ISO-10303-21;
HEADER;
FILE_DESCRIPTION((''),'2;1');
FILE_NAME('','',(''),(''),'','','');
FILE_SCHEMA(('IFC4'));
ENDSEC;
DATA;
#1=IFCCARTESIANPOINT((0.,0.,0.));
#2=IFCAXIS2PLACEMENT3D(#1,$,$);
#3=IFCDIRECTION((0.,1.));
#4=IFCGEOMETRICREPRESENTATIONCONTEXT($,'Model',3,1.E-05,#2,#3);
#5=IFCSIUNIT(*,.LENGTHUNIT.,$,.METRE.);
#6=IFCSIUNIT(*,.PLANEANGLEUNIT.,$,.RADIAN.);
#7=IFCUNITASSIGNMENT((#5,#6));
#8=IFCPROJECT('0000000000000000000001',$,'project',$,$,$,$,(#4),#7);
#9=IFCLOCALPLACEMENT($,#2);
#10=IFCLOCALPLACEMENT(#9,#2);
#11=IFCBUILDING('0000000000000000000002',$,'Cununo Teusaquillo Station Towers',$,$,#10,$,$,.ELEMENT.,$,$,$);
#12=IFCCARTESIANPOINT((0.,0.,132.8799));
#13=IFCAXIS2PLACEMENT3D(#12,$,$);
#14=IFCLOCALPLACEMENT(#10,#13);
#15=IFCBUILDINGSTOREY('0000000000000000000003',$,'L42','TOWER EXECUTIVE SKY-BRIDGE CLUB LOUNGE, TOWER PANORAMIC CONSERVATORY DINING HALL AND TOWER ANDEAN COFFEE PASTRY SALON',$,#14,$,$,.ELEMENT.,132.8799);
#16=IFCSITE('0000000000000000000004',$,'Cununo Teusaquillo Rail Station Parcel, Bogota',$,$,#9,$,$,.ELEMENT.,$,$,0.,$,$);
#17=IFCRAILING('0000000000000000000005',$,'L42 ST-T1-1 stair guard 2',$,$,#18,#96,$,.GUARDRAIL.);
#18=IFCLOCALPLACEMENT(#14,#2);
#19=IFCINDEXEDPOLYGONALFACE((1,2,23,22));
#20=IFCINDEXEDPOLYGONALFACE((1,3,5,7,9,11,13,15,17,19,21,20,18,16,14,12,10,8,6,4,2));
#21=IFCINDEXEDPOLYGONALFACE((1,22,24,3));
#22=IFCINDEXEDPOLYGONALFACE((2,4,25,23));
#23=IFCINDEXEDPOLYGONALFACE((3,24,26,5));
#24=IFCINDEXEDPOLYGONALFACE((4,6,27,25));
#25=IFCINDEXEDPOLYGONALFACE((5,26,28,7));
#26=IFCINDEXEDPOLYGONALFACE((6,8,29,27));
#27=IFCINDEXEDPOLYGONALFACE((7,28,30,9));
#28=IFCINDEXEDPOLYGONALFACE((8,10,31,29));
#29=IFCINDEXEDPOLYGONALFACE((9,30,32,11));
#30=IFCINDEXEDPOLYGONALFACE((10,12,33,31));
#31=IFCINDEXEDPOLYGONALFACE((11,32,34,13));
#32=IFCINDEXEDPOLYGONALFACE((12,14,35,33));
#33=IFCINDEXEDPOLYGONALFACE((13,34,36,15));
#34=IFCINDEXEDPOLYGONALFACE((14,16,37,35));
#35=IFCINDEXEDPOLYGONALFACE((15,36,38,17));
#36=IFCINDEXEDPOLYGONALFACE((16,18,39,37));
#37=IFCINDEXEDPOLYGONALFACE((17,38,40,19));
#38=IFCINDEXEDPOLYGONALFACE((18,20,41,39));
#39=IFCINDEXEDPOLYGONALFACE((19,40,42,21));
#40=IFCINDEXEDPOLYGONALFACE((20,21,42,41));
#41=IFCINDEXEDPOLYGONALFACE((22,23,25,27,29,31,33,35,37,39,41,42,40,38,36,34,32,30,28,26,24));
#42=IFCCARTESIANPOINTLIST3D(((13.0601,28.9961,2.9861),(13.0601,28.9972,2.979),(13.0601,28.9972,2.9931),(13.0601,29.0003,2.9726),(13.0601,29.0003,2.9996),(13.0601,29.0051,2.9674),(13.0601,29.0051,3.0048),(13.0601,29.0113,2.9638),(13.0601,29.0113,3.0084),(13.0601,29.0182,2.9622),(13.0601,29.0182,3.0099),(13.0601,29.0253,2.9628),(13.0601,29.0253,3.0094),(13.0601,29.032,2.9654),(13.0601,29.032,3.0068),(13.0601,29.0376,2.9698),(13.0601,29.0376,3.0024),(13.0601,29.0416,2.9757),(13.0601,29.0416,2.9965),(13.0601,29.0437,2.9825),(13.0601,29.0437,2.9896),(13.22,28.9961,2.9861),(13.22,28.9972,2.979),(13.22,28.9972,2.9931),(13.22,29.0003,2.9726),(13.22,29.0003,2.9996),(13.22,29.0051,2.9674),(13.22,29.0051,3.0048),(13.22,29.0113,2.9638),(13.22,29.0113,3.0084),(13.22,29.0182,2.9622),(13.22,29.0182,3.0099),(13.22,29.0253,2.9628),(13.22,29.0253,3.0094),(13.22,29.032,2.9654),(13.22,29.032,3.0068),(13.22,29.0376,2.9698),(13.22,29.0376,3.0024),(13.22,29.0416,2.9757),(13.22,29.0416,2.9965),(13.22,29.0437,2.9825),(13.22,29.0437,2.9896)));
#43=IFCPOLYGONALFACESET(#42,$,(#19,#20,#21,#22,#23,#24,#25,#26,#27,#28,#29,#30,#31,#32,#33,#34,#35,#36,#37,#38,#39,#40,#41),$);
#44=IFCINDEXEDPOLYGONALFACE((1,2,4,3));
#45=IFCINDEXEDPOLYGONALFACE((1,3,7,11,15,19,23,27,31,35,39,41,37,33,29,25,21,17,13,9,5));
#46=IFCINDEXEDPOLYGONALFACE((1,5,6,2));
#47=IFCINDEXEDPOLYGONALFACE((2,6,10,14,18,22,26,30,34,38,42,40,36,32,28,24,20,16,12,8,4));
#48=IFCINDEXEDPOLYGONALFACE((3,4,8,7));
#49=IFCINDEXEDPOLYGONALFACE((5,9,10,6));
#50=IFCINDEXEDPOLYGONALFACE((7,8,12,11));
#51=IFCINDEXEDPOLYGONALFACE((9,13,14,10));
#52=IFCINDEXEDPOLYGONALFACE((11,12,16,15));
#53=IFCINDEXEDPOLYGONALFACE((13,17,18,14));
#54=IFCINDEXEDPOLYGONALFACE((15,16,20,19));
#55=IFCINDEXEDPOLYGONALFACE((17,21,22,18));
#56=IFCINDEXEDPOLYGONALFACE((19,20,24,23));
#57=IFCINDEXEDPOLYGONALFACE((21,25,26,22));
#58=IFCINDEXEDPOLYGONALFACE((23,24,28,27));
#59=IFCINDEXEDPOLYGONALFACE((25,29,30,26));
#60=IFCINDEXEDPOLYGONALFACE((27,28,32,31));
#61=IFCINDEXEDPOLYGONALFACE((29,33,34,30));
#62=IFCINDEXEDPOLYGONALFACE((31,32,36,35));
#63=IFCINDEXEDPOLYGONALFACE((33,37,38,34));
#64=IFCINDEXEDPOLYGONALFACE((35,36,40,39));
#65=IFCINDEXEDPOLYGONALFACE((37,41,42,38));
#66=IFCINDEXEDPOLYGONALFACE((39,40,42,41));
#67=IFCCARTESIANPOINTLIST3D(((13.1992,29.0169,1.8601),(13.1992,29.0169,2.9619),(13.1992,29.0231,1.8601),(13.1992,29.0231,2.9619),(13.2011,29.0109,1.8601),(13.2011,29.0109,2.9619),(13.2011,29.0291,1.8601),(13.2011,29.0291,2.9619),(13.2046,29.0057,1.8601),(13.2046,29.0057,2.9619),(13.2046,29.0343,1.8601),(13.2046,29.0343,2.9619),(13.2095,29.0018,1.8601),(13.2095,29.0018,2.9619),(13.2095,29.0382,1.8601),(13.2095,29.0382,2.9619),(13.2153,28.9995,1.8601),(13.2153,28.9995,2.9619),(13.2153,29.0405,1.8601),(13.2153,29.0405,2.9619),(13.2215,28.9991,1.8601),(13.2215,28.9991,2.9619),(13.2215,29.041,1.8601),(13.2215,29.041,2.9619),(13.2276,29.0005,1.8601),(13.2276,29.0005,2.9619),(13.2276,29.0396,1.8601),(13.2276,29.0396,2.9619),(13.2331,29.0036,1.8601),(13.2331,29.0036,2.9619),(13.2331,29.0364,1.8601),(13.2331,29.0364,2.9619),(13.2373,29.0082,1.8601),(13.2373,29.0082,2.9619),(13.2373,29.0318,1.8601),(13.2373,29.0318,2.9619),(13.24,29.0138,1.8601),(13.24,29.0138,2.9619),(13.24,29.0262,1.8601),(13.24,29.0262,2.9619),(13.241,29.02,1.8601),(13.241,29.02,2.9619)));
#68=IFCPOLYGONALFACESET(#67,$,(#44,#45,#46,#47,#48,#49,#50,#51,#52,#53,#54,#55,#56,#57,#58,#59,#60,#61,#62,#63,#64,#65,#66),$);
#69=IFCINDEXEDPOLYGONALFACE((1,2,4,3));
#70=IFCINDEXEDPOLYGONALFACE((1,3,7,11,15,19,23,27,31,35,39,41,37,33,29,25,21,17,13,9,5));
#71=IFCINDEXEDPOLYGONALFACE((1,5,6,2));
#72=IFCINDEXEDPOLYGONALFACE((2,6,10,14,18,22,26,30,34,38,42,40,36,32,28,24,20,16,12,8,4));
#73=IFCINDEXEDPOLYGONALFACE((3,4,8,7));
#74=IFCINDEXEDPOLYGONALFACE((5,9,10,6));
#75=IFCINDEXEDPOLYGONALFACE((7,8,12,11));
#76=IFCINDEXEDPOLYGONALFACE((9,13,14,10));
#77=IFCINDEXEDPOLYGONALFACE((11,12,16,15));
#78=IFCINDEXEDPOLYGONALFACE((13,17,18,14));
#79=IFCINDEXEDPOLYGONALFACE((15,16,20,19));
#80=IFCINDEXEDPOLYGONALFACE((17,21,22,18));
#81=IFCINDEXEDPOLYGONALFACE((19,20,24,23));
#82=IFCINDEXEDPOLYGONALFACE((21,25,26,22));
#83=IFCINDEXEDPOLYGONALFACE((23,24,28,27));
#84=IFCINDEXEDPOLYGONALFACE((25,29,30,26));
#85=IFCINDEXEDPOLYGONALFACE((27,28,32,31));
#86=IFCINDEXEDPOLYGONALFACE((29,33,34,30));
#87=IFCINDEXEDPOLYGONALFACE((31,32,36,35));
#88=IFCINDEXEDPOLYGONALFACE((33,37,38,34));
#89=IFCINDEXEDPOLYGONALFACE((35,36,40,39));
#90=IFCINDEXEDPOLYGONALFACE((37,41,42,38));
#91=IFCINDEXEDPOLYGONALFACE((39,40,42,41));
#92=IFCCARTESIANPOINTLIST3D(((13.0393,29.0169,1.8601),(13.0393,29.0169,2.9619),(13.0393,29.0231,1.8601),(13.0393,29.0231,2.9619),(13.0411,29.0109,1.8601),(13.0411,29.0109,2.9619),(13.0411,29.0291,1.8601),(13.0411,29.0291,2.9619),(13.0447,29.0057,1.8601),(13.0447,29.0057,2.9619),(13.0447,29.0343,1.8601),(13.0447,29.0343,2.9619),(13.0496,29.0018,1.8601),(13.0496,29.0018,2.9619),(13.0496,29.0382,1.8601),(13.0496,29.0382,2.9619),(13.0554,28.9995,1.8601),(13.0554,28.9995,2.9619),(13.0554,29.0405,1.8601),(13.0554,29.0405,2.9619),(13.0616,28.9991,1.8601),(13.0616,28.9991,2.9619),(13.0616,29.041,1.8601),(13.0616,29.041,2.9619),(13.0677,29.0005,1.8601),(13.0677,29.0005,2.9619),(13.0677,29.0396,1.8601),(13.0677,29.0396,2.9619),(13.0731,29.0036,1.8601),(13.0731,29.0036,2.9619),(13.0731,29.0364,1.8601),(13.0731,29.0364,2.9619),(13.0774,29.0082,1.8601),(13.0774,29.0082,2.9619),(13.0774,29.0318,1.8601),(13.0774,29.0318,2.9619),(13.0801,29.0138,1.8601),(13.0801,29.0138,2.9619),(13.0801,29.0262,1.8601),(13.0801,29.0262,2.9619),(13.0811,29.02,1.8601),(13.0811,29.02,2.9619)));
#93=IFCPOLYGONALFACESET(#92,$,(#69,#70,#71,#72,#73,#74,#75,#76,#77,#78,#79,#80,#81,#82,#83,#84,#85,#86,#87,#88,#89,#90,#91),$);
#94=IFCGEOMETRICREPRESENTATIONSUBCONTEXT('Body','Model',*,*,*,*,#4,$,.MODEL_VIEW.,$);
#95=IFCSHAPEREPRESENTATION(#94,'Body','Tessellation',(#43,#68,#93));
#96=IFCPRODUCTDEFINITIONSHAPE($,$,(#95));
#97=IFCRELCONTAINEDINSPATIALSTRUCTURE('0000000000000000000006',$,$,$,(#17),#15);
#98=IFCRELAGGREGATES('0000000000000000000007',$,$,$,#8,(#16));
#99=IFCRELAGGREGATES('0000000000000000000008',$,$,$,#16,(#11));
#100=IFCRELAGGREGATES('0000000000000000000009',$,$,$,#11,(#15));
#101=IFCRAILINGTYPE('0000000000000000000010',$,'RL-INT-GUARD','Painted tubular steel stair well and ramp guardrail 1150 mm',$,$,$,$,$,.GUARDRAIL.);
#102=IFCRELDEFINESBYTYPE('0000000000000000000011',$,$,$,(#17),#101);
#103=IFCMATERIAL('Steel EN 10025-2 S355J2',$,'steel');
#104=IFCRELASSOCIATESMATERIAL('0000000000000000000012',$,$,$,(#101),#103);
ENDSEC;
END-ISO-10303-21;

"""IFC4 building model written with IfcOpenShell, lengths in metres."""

from ifc_helpers import new_model, si_unit, direction, frame, origin, origin_2d, place, context, subcontext, project, spatial, circle, extrude, material, type_object, element, save


model = new_model("IFC4")

# Units and contexts
model_context = context("Model", 3, precision=1e-05, world=origin(), true_north=direction((0.0, 1.0)))
body_context = subcontext(model_context, "Body", "Model", "MODEL_VIEW")
ifc_project = project(units=[si_unit("LENGTHUNIT", "METRE"), si_unit("PLANEANGLEUNIT", "RADIAN")], contexts=[model_context])

# Site, building, storey
site_placement = place(None, origin())
site = spatial("IfcSite", under=ifc_project, at=site_placement, Name="Cununo Teusaquillo Rail Station Parcel, Bogota", CompositionType="ELEMENT", RefElevation=0.0)
building_placement = place(site_placement, origin())
building = spatial("IfcBuilding", under=site, at=building_placement, Name="Cununo Teusaquillo Station Towers", CompositionType="ELEMENT")
storey_placement = place(building_placement, frame((0.0, 0.0, 132.8799)))
storey = spatial("IfcBuildingStorey", under=building, at=storey_placement, Name="L42", Description="TOWER EXECUTIVE SKY-BRIDGE CLUB LOUNGE, TOWER PANORAMIC CONSERVATORY DINING HALL AND TOWER ANDEAN COFFEE PASTRY SALON", CompositionType="ELEMENT", Elevation=132.8799)

# Railing
ifc_material_1 = material(Name="Steel EN 10025-2 S355J2", Category="steel")
railing_type_1 = type_object("IfcRailingType", Name="RL-INT-GUARD", Description="Painted tubular steel stair well and ramp guardrail 1150 mm", PredefinedType="GUARDRAIL", material=ifc_material_1)
railing_1_placement = place(storey_placement, frame((13.22, 29.02, 1.8601)))
element("IfcRailing", 1, at=railing_1_placement, inside=storey, type_object=railing_type_1, Name="L42 ST-T1-1 stair guard 2", PredefinedType="GUARDRAIL", context=body_context, shape_type="SweptSolid", body=[
    extrude(circle(Radius=0.0239, at=origin_2d()), frame((0.0, 0.0, 1.126), z_axis=(-1.0, 0.0, 0.0), x_axis=(0.0, -1.0, 0.0)), (0.0, 0.0, 1.0), 0.1599),
    extrude(circle(Radius=0.021, at=origin_2d()), origin(), (0.0, 0.0, 1.0), 1.1018),
    extrude(circle(Radius=0.021, at=origin_2d()), frame((-0.1599, 0.0, 0.0)), (0.0, 0.0, 1.0), 1.1018),
])

save(model, "model.ifc")
